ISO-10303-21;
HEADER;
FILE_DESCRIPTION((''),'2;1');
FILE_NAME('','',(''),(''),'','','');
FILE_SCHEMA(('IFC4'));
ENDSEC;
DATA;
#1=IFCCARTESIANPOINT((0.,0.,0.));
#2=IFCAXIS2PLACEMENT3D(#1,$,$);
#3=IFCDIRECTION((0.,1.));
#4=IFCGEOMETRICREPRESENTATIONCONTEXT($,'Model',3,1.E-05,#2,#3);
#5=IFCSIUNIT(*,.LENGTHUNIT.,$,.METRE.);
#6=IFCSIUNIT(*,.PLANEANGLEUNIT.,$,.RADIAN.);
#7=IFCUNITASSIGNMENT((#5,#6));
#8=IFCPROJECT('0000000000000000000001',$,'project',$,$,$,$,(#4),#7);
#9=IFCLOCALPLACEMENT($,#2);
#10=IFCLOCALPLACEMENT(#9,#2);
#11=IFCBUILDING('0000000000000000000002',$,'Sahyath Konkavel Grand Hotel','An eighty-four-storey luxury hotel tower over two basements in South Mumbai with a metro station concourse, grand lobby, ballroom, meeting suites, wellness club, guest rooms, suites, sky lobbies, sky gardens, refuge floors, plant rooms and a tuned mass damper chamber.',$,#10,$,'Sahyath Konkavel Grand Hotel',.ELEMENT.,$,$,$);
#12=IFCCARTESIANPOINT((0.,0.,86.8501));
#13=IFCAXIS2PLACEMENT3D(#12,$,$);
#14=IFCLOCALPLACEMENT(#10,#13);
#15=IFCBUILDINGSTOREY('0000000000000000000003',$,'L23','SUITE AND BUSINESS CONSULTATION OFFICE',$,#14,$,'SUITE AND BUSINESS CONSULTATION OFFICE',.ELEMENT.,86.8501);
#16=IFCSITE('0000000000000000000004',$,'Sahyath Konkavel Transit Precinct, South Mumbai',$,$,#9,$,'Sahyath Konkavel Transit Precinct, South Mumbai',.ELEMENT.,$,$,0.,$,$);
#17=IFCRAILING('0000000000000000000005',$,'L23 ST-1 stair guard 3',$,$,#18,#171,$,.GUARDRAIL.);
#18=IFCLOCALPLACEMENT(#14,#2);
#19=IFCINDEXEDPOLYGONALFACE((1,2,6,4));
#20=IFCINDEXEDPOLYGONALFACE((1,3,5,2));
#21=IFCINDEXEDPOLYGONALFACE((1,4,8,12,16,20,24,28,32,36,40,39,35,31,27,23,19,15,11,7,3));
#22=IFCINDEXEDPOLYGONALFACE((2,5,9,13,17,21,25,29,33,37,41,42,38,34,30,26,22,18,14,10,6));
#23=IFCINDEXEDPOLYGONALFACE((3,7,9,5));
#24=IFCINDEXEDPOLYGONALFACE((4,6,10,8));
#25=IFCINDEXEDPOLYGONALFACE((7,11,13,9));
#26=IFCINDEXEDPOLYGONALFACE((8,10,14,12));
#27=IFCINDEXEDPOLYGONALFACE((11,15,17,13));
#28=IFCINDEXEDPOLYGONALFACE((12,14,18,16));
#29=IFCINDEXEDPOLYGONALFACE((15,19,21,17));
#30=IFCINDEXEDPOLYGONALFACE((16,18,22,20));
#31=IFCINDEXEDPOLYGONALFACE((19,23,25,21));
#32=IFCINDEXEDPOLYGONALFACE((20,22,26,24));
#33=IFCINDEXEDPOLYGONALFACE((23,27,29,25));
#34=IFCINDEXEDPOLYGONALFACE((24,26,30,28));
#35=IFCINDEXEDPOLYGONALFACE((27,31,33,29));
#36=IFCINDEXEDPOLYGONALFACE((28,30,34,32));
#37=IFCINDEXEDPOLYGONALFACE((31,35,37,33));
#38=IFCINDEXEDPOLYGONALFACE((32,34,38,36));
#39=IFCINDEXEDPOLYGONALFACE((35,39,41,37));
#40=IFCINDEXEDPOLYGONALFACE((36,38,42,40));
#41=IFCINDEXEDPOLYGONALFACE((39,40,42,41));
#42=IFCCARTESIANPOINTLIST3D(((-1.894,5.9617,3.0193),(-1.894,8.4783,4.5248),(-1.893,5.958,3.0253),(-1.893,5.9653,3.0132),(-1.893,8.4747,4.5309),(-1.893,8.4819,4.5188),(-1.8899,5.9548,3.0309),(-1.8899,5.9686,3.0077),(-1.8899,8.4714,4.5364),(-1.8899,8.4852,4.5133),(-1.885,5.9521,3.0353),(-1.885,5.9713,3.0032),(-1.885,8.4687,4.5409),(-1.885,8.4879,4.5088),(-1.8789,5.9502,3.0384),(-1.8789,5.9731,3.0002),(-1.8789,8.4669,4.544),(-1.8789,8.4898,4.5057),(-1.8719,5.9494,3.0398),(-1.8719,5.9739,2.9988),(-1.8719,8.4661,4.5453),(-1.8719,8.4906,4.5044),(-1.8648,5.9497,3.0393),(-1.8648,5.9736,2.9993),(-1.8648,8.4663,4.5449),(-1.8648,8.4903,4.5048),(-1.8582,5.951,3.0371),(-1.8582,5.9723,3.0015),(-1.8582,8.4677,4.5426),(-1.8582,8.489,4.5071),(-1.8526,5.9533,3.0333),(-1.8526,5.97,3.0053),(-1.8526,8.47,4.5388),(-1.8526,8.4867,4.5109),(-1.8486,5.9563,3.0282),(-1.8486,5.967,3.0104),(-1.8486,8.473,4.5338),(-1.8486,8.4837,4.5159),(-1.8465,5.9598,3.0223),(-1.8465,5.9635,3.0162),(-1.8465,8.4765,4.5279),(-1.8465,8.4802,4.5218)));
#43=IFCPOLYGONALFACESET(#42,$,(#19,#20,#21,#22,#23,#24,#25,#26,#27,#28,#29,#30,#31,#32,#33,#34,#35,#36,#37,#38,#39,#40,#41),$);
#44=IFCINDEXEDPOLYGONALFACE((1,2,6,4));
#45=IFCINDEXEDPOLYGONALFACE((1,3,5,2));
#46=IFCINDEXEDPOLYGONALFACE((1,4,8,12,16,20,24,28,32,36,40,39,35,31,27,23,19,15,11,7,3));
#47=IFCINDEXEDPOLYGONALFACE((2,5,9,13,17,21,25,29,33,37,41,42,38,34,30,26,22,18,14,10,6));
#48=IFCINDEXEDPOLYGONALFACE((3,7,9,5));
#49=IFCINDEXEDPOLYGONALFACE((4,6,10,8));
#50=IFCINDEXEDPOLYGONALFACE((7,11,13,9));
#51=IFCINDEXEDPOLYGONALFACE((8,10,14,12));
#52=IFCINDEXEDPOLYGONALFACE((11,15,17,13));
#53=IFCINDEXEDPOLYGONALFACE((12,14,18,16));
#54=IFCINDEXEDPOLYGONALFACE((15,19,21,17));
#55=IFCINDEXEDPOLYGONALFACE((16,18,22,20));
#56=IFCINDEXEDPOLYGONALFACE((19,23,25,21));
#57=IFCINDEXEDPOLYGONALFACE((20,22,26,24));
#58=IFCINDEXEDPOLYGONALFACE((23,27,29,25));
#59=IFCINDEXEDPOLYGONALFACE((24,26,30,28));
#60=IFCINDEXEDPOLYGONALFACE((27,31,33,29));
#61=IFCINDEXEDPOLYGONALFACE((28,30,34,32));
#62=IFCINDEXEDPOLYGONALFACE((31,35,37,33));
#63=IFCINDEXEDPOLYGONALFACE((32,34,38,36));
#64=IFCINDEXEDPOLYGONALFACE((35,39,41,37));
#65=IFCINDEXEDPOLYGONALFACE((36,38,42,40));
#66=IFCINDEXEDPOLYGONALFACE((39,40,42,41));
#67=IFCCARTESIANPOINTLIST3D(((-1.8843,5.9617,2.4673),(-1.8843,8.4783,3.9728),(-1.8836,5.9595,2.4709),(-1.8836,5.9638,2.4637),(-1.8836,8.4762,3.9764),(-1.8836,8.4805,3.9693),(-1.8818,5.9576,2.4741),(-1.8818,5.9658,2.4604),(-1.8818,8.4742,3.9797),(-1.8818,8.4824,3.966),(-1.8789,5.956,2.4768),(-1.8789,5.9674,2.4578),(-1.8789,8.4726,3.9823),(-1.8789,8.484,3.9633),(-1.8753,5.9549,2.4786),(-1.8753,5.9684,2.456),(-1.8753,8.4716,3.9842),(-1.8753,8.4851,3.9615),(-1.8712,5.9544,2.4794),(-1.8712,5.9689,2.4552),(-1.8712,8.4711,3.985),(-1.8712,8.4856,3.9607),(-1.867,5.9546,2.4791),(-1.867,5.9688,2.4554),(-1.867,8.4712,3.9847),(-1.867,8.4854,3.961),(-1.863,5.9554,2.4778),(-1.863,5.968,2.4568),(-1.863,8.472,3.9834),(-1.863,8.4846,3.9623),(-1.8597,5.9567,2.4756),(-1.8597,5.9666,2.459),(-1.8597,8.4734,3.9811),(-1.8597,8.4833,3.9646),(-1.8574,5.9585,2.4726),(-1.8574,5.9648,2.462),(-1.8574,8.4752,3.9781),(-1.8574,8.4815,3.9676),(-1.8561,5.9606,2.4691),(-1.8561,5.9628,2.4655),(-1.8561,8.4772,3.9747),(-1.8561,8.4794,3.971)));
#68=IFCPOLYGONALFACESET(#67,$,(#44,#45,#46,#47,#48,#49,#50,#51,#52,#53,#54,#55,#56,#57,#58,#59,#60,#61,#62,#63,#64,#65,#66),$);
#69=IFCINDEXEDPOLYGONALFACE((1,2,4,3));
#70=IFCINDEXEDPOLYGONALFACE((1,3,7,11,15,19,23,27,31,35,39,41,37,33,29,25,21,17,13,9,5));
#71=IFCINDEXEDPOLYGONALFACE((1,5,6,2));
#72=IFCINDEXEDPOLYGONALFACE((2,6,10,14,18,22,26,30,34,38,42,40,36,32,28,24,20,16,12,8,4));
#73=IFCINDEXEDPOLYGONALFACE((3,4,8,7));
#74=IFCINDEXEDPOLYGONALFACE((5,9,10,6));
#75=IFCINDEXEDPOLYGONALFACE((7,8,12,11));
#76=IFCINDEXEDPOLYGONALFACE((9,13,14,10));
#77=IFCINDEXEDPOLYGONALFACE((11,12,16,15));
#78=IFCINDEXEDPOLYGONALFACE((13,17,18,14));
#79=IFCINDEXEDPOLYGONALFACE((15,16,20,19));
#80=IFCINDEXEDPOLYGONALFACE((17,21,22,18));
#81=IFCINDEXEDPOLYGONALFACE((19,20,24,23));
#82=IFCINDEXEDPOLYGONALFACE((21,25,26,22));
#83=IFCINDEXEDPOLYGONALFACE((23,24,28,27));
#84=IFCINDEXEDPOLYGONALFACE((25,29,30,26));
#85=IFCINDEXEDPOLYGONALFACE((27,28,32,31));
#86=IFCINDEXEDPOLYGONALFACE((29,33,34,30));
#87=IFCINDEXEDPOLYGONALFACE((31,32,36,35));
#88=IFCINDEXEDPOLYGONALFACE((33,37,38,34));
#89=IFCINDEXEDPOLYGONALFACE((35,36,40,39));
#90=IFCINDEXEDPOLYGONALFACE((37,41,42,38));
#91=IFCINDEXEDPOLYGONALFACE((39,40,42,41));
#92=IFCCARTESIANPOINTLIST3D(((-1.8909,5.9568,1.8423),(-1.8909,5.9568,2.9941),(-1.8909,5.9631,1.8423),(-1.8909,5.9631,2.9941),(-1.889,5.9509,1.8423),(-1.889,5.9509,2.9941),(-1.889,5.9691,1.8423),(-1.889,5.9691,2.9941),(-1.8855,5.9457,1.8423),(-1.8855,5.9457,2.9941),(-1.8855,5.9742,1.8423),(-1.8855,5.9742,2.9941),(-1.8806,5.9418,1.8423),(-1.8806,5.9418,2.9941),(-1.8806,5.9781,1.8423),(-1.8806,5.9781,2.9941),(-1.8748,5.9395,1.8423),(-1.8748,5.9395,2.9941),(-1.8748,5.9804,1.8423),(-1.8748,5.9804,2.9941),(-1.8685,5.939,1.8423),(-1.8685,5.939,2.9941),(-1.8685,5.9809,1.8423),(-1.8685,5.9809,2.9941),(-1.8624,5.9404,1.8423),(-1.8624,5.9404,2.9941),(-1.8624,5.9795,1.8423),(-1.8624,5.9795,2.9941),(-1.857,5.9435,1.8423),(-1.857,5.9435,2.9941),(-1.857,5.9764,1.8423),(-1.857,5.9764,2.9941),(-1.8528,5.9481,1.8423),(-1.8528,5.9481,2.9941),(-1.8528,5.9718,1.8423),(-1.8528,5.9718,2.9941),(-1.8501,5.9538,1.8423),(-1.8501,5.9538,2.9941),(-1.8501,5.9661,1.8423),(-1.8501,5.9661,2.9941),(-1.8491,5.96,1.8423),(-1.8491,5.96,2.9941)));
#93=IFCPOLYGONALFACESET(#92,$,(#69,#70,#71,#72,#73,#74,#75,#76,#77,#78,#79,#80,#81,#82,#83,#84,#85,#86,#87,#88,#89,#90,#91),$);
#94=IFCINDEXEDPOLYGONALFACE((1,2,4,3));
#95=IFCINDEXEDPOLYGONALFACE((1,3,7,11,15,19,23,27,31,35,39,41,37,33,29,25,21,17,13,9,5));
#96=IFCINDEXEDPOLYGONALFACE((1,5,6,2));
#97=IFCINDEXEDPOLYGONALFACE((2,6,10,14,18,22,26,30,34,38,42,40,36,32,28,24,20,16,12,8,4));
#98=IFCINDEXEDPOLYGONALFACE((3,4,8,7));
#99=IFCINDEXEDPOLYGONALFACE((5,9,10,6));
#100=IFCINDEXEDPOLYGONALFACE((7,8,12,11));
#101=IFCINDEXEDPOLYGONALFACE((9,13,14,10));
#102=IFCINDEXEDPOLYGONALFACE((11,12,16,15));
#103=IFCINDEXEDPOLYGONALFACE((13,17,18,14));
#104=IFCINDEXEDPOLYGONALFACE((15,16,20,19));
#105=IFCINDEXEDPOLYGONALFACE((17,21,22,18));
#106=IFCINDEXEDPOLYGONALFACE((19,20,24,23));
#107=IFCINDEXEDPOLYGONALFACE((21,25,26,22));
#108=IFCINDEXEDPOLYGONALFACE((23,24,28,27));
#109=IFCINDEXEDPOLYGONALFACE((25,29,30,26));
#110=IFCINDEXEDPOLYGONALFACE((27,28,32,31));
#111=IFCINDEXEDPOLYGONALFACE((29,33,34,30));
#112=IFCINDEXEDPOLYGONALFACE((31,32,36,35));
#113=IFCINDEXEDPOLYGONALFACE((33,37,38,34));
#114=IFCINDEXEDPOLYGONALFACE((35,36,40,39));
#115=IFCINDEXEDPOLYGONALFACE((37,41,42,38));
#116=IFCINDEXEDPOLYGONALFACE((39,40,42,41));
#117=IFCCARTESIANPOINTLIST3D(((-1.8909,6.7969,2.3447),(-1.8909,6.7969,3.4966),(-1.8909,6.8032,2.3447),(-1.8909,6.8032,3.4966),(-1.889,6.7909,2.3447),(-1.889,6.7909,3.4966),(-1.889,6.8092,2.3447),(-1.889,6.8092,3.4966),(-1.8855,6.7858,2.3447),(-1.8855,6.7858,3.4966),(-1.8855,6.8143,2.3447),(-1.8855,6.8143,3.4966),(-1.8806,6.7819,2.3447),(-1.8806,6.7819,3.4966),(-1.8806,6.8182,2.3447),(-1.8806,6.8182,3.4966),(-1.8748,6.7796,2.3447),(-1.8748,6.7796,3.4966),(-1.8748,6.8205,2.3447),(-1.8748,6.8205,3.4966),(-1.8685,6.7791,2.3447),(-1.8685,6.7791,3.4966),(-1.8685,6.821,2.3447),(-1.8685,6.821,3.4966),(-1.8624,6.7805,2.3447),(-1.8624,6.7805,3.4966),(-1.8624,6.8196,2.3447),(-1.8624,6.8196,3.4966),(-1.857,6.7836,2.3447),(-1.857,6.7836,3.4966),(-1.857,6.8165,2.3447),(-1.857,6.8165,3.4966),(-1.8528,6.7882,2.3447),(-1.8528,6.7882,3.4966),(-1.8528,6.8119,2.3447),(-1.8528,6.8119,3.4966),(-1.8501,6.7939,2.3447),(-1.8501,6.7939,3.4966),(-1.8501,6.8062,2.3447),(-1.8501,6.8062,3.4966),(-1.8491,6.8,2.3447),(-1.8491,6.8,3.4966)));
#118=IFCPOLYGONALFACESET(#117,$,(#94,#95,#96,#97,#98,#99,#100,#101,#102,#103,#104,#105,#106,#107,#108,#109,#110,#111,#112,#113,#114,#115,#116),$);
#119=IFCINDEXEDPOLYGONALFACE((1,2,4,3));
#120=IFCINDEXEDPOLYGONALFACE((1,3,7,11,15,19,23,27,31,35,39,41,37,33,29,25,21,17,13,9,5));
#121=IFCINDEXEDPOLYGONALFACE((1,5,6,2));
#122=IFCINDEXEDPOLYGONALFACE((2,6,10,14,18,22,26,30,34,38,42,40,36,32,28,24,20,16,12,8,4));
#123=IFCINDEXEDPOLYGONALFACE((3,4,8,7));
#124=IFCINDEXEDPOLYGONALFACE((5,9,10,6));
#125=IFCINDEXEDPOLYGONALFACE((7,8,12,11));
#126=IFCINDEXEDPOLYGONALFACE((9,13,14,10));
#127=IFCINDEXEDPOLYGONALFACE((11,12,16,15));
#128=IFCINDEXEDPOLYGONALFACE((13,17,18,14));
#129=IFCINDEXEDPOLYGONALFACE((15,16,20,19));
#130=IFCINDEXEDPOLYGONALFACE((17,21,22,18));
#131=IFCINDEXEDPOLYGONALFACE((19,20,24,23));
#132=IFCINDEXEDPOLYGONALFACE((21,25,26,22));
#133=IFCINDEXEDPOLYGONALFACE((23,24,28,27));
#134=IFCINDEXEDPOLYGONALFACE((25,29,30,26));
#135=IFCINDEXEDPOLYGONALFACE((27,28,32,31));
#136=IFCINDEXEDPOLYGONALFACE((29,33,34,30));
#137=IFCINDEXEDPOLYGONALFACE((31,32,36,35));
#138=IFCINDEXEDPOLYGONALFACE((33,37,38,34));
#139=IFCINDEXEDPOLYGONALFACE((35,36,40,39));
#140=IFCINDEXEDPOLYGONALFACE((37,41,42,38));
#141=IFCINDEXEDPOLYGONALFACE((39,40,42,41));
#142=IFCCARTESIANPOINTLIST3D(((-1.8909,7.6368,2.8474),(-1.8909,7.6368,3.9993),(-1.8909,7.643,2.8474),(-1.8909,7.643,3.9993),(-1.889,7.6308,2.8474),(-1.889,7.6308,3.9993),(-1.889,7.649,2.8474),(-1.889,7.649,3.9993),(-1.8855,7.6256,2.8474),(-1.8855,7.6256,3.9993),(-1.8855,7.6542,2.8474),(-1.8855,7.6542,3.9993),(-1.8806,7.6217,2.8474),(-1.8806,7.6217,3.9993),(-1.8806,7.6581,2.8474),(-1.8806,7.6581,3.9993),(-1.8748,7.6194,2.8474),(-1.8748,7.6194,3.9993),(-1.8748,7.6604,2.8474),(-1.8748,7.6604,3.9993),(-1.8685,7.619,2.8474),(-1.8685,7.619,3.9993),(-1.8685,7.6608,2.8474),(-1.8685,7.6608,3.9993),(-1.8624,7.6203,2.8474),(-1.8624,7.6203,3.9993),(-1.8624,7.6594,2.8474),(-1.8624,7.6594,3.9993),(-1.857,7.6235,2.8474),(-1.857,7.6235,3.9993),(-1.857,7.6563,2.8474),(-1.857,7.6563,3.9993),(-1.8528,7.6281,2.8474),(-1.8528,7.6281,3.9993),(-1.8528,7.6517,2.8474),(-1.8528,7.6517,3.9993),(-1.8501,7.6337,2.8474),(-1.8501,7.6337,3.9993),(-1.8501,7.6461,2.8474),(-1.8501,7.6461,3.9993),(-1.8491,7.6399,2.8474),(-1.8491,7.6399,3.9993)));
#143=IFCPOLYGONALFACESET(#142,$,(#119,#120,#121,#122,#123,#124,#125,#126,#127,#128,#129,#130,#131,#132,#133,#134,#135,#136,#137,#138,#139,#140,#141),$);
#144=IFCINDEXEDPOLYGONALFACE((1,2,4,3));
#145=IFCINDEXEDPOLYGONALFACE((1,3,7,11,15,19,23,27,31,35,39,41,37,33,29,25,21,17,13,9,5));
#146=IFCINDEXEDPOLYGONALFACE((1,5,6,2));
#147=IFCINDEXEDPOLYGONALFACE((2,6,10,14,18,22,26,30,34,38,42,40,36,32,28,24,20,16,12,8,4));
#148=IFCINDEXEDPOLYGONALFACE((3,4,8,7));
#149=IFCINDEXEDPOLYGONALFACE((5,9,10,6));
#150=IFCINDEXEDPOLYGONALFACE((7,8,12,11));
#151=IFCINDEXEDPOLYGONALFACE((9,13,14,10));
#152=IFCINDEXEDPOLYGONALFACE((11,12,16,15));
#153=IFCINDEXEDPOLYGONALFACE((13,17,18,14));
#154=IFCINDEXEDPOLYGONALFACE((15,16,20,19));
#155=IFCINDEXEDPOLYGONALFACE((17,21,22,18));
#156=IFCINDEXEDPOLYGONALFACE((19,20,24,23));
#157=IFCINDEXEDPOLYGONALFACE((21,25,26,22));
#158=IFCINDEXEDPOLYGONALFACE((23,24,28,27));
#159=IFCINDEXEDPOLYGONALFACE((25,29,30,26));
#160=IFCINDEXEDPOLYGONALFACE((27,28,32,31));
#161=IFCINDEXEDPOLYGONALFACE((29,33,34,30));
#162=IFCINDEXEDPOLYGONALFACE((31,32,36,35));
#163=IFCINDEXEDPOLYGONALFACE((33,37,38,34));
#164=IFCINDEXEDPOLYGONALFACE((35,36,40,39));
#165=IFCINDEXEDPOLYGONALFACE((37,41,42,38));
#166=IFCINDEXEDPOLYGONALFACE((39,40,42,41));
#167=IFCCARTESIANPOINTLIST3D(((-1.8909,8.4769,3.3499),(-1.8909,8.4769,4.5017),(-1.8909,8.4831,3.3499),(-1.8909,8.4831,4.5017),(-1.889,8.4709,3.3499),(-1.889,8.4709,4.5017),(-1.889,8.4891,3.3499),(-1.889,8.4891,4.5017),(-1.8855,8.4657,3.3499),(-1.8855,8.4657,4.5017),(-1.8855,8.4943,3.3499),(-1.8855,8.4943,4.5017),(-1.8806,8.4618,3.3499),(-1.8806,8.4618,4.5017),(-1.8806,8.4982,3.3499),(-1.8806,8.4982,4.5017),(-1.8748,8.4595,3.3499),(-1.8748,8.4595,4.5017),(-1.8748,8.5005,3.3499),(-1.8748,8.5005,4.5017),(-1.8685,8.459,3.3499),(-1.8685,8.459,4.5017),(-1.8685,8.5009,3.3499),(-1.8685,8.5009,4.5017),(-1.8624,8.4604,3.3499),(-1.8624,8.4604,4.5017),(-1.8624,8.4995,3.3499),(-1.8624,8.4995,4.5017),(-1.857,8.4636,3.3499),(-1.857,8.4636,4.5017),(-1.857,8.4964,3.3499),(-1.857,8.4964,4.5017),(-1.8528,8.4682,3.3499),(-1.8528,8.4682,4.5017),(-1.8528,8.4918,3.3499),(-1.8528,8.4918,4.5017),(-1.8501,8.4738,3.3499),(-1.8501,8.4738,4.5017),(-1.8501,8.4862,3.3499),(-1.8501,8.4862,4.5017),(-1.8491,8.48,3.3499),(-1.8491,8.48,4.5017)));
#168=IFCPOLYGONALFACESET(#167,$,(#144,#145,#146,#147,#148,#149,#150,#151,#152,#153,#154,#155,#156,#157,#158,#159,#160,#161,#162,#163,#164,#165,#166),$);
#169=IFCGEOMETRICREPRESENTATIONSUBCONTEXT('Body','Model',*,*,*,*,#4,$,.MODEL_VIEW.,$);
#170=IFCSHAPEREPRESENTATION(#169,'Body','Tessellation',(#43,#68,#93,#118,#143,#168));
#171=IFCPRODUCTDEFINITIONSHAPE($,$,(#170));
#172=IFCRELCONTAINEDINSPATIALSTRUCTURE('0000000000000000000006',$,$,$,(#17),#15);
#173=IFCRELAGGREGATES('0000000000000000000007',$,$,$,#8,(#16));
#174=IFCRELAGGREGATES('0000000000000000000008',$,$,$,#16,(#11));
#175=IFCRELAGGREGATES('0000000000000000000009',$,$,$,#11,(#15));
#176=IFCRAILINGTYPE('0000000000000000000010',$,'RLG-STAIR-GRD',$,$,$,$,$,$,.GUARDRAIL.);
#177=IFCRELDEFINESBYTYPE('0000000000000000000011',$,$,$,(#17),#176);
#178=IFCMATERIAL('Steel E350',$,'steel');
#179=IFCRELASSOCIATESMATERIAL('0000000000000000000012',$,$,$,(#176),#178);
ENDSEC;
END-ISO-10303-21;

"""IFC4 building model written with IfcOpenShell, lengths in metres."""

from ifc_helpers import new_model, si_unit, direction, frame, origin, origin_2d, place, context, subcontext, project, spatial, circle, extrude, material, type_object, element, save


model = new_model("IFC4")

# Units and contexts
model_context = context("Model", 3, precision=1e-05, world=origin(), true_north=direction((0.0, 1.0)))
body_context = subcontext(model_context, "Body", "Model", "MODEL_VIEW")
ifc_project = project(units=[si_unit("LENGTHUNIT", "METRE"), si_unit("PLANEANGLEUNIT", "RADIAN")], contexts=[model_context])

# Site, building, storey
site_placement = place(None, origin())
site = spatial("IfcSite", under=ifc_project, at=site_placement, Name="Sahyath Konkavel Transit Precinct, South Mumbai", LongName="Sahyath Konkavel Transit Precinct, South Mumbai", CompositionType="ELEMENT", RefElevation=0.0)
building_placement = place(site_placement, origin())
building = spatial("IfcBuilding", under=site, at=building_placement, Name="Sahyath Konkavel Grand Hotel", Description="An eighty-four-storey luxury hotel tower over two basements in South Mumbai with a metro station concourse, grand lobby, ballroom, meeting suites, wellness club, guest rooms, suites, sky lobbies, sky gardens, refuge floors, plant rooms and a tuned mass damper chamber.", LongName="Sahyath Konkavel Grand Hotel", CompositionType="ELEMENT")
storey_placement = place(building_placement, frame((0.0, 0.0, 86.8501)))
storey = spatial("IfcBuildingStorey", under=building, at=storey_placement, Name="L23", Description="SUITE AND BUSINESS CONSULTATION OFFICE", LongName="SUITE AND BUSINESS CONSULTATION OFFICE", CompositionType="ELEMENT", Elevation=86.8501)

# Shared definitions
ifc_material_1 = material(Name="Steel E350", Category="steel")

# Railing
railing_type_1 = type_object("IfcRailingType", Name="RLG-STAIR-GRD", PredefinedType="GUARDRAIL", material=ifc_material_1)
railing_1_placement = place(storey_placement, frame((-1.8701, 5.96, 1.8423)))
element("IfcRailing", 1, at=railing_1_placement, inside=storey, type_object=railing_type_1, Name="L23 ST-1 stair guard 3", PredefinedType="GUARDRAIL", context=body_context, shape_type="SweptSolid", body=[
    extrude(circle(Radius=0.0239, at=origin_2d()), frame((0.0, 0.0017, 1.177), z_axis=(0.0, 0.85816, 0.513383), x_axis=(-1.0, 0.0, 0.0)), (0.0, 0.0, 1.0), 2.9326),
    extrude(circle(Radius=0.0142, at=origin_2d()), frame((0.0, 0.0017, 0.625), z_axis=(0.0, 0.85816, 0.513383), x_axis=(-1.0, 0.0, 0.0)), (0.0, 0.0, 1.0), 2.9326),
    extrude(circle(Radius=0.021, at=origin_2d()), origin(), (0.0, 0.0, 1.0), 1.1519),
    extrude(circle(Radius=0.021, at=origin_2d()), frame((0.0, 0.8401, 0.5024)), (0.0, 0.0, 1.0), 1.1519),
    extrude(circle(Radius=0.021, at=origin_2d()), frame((0.0, 1.6799, 1.0051)), (0.0, 0.0, 1.0), 1.1519),
    extrude(circle(Radius=0.021, at=origin_2d()), frame((0.0, 2.52, 1.5076)), (0.0, 0.0, 1.0), 1.1519),
])

save(model, "model.ifc")
